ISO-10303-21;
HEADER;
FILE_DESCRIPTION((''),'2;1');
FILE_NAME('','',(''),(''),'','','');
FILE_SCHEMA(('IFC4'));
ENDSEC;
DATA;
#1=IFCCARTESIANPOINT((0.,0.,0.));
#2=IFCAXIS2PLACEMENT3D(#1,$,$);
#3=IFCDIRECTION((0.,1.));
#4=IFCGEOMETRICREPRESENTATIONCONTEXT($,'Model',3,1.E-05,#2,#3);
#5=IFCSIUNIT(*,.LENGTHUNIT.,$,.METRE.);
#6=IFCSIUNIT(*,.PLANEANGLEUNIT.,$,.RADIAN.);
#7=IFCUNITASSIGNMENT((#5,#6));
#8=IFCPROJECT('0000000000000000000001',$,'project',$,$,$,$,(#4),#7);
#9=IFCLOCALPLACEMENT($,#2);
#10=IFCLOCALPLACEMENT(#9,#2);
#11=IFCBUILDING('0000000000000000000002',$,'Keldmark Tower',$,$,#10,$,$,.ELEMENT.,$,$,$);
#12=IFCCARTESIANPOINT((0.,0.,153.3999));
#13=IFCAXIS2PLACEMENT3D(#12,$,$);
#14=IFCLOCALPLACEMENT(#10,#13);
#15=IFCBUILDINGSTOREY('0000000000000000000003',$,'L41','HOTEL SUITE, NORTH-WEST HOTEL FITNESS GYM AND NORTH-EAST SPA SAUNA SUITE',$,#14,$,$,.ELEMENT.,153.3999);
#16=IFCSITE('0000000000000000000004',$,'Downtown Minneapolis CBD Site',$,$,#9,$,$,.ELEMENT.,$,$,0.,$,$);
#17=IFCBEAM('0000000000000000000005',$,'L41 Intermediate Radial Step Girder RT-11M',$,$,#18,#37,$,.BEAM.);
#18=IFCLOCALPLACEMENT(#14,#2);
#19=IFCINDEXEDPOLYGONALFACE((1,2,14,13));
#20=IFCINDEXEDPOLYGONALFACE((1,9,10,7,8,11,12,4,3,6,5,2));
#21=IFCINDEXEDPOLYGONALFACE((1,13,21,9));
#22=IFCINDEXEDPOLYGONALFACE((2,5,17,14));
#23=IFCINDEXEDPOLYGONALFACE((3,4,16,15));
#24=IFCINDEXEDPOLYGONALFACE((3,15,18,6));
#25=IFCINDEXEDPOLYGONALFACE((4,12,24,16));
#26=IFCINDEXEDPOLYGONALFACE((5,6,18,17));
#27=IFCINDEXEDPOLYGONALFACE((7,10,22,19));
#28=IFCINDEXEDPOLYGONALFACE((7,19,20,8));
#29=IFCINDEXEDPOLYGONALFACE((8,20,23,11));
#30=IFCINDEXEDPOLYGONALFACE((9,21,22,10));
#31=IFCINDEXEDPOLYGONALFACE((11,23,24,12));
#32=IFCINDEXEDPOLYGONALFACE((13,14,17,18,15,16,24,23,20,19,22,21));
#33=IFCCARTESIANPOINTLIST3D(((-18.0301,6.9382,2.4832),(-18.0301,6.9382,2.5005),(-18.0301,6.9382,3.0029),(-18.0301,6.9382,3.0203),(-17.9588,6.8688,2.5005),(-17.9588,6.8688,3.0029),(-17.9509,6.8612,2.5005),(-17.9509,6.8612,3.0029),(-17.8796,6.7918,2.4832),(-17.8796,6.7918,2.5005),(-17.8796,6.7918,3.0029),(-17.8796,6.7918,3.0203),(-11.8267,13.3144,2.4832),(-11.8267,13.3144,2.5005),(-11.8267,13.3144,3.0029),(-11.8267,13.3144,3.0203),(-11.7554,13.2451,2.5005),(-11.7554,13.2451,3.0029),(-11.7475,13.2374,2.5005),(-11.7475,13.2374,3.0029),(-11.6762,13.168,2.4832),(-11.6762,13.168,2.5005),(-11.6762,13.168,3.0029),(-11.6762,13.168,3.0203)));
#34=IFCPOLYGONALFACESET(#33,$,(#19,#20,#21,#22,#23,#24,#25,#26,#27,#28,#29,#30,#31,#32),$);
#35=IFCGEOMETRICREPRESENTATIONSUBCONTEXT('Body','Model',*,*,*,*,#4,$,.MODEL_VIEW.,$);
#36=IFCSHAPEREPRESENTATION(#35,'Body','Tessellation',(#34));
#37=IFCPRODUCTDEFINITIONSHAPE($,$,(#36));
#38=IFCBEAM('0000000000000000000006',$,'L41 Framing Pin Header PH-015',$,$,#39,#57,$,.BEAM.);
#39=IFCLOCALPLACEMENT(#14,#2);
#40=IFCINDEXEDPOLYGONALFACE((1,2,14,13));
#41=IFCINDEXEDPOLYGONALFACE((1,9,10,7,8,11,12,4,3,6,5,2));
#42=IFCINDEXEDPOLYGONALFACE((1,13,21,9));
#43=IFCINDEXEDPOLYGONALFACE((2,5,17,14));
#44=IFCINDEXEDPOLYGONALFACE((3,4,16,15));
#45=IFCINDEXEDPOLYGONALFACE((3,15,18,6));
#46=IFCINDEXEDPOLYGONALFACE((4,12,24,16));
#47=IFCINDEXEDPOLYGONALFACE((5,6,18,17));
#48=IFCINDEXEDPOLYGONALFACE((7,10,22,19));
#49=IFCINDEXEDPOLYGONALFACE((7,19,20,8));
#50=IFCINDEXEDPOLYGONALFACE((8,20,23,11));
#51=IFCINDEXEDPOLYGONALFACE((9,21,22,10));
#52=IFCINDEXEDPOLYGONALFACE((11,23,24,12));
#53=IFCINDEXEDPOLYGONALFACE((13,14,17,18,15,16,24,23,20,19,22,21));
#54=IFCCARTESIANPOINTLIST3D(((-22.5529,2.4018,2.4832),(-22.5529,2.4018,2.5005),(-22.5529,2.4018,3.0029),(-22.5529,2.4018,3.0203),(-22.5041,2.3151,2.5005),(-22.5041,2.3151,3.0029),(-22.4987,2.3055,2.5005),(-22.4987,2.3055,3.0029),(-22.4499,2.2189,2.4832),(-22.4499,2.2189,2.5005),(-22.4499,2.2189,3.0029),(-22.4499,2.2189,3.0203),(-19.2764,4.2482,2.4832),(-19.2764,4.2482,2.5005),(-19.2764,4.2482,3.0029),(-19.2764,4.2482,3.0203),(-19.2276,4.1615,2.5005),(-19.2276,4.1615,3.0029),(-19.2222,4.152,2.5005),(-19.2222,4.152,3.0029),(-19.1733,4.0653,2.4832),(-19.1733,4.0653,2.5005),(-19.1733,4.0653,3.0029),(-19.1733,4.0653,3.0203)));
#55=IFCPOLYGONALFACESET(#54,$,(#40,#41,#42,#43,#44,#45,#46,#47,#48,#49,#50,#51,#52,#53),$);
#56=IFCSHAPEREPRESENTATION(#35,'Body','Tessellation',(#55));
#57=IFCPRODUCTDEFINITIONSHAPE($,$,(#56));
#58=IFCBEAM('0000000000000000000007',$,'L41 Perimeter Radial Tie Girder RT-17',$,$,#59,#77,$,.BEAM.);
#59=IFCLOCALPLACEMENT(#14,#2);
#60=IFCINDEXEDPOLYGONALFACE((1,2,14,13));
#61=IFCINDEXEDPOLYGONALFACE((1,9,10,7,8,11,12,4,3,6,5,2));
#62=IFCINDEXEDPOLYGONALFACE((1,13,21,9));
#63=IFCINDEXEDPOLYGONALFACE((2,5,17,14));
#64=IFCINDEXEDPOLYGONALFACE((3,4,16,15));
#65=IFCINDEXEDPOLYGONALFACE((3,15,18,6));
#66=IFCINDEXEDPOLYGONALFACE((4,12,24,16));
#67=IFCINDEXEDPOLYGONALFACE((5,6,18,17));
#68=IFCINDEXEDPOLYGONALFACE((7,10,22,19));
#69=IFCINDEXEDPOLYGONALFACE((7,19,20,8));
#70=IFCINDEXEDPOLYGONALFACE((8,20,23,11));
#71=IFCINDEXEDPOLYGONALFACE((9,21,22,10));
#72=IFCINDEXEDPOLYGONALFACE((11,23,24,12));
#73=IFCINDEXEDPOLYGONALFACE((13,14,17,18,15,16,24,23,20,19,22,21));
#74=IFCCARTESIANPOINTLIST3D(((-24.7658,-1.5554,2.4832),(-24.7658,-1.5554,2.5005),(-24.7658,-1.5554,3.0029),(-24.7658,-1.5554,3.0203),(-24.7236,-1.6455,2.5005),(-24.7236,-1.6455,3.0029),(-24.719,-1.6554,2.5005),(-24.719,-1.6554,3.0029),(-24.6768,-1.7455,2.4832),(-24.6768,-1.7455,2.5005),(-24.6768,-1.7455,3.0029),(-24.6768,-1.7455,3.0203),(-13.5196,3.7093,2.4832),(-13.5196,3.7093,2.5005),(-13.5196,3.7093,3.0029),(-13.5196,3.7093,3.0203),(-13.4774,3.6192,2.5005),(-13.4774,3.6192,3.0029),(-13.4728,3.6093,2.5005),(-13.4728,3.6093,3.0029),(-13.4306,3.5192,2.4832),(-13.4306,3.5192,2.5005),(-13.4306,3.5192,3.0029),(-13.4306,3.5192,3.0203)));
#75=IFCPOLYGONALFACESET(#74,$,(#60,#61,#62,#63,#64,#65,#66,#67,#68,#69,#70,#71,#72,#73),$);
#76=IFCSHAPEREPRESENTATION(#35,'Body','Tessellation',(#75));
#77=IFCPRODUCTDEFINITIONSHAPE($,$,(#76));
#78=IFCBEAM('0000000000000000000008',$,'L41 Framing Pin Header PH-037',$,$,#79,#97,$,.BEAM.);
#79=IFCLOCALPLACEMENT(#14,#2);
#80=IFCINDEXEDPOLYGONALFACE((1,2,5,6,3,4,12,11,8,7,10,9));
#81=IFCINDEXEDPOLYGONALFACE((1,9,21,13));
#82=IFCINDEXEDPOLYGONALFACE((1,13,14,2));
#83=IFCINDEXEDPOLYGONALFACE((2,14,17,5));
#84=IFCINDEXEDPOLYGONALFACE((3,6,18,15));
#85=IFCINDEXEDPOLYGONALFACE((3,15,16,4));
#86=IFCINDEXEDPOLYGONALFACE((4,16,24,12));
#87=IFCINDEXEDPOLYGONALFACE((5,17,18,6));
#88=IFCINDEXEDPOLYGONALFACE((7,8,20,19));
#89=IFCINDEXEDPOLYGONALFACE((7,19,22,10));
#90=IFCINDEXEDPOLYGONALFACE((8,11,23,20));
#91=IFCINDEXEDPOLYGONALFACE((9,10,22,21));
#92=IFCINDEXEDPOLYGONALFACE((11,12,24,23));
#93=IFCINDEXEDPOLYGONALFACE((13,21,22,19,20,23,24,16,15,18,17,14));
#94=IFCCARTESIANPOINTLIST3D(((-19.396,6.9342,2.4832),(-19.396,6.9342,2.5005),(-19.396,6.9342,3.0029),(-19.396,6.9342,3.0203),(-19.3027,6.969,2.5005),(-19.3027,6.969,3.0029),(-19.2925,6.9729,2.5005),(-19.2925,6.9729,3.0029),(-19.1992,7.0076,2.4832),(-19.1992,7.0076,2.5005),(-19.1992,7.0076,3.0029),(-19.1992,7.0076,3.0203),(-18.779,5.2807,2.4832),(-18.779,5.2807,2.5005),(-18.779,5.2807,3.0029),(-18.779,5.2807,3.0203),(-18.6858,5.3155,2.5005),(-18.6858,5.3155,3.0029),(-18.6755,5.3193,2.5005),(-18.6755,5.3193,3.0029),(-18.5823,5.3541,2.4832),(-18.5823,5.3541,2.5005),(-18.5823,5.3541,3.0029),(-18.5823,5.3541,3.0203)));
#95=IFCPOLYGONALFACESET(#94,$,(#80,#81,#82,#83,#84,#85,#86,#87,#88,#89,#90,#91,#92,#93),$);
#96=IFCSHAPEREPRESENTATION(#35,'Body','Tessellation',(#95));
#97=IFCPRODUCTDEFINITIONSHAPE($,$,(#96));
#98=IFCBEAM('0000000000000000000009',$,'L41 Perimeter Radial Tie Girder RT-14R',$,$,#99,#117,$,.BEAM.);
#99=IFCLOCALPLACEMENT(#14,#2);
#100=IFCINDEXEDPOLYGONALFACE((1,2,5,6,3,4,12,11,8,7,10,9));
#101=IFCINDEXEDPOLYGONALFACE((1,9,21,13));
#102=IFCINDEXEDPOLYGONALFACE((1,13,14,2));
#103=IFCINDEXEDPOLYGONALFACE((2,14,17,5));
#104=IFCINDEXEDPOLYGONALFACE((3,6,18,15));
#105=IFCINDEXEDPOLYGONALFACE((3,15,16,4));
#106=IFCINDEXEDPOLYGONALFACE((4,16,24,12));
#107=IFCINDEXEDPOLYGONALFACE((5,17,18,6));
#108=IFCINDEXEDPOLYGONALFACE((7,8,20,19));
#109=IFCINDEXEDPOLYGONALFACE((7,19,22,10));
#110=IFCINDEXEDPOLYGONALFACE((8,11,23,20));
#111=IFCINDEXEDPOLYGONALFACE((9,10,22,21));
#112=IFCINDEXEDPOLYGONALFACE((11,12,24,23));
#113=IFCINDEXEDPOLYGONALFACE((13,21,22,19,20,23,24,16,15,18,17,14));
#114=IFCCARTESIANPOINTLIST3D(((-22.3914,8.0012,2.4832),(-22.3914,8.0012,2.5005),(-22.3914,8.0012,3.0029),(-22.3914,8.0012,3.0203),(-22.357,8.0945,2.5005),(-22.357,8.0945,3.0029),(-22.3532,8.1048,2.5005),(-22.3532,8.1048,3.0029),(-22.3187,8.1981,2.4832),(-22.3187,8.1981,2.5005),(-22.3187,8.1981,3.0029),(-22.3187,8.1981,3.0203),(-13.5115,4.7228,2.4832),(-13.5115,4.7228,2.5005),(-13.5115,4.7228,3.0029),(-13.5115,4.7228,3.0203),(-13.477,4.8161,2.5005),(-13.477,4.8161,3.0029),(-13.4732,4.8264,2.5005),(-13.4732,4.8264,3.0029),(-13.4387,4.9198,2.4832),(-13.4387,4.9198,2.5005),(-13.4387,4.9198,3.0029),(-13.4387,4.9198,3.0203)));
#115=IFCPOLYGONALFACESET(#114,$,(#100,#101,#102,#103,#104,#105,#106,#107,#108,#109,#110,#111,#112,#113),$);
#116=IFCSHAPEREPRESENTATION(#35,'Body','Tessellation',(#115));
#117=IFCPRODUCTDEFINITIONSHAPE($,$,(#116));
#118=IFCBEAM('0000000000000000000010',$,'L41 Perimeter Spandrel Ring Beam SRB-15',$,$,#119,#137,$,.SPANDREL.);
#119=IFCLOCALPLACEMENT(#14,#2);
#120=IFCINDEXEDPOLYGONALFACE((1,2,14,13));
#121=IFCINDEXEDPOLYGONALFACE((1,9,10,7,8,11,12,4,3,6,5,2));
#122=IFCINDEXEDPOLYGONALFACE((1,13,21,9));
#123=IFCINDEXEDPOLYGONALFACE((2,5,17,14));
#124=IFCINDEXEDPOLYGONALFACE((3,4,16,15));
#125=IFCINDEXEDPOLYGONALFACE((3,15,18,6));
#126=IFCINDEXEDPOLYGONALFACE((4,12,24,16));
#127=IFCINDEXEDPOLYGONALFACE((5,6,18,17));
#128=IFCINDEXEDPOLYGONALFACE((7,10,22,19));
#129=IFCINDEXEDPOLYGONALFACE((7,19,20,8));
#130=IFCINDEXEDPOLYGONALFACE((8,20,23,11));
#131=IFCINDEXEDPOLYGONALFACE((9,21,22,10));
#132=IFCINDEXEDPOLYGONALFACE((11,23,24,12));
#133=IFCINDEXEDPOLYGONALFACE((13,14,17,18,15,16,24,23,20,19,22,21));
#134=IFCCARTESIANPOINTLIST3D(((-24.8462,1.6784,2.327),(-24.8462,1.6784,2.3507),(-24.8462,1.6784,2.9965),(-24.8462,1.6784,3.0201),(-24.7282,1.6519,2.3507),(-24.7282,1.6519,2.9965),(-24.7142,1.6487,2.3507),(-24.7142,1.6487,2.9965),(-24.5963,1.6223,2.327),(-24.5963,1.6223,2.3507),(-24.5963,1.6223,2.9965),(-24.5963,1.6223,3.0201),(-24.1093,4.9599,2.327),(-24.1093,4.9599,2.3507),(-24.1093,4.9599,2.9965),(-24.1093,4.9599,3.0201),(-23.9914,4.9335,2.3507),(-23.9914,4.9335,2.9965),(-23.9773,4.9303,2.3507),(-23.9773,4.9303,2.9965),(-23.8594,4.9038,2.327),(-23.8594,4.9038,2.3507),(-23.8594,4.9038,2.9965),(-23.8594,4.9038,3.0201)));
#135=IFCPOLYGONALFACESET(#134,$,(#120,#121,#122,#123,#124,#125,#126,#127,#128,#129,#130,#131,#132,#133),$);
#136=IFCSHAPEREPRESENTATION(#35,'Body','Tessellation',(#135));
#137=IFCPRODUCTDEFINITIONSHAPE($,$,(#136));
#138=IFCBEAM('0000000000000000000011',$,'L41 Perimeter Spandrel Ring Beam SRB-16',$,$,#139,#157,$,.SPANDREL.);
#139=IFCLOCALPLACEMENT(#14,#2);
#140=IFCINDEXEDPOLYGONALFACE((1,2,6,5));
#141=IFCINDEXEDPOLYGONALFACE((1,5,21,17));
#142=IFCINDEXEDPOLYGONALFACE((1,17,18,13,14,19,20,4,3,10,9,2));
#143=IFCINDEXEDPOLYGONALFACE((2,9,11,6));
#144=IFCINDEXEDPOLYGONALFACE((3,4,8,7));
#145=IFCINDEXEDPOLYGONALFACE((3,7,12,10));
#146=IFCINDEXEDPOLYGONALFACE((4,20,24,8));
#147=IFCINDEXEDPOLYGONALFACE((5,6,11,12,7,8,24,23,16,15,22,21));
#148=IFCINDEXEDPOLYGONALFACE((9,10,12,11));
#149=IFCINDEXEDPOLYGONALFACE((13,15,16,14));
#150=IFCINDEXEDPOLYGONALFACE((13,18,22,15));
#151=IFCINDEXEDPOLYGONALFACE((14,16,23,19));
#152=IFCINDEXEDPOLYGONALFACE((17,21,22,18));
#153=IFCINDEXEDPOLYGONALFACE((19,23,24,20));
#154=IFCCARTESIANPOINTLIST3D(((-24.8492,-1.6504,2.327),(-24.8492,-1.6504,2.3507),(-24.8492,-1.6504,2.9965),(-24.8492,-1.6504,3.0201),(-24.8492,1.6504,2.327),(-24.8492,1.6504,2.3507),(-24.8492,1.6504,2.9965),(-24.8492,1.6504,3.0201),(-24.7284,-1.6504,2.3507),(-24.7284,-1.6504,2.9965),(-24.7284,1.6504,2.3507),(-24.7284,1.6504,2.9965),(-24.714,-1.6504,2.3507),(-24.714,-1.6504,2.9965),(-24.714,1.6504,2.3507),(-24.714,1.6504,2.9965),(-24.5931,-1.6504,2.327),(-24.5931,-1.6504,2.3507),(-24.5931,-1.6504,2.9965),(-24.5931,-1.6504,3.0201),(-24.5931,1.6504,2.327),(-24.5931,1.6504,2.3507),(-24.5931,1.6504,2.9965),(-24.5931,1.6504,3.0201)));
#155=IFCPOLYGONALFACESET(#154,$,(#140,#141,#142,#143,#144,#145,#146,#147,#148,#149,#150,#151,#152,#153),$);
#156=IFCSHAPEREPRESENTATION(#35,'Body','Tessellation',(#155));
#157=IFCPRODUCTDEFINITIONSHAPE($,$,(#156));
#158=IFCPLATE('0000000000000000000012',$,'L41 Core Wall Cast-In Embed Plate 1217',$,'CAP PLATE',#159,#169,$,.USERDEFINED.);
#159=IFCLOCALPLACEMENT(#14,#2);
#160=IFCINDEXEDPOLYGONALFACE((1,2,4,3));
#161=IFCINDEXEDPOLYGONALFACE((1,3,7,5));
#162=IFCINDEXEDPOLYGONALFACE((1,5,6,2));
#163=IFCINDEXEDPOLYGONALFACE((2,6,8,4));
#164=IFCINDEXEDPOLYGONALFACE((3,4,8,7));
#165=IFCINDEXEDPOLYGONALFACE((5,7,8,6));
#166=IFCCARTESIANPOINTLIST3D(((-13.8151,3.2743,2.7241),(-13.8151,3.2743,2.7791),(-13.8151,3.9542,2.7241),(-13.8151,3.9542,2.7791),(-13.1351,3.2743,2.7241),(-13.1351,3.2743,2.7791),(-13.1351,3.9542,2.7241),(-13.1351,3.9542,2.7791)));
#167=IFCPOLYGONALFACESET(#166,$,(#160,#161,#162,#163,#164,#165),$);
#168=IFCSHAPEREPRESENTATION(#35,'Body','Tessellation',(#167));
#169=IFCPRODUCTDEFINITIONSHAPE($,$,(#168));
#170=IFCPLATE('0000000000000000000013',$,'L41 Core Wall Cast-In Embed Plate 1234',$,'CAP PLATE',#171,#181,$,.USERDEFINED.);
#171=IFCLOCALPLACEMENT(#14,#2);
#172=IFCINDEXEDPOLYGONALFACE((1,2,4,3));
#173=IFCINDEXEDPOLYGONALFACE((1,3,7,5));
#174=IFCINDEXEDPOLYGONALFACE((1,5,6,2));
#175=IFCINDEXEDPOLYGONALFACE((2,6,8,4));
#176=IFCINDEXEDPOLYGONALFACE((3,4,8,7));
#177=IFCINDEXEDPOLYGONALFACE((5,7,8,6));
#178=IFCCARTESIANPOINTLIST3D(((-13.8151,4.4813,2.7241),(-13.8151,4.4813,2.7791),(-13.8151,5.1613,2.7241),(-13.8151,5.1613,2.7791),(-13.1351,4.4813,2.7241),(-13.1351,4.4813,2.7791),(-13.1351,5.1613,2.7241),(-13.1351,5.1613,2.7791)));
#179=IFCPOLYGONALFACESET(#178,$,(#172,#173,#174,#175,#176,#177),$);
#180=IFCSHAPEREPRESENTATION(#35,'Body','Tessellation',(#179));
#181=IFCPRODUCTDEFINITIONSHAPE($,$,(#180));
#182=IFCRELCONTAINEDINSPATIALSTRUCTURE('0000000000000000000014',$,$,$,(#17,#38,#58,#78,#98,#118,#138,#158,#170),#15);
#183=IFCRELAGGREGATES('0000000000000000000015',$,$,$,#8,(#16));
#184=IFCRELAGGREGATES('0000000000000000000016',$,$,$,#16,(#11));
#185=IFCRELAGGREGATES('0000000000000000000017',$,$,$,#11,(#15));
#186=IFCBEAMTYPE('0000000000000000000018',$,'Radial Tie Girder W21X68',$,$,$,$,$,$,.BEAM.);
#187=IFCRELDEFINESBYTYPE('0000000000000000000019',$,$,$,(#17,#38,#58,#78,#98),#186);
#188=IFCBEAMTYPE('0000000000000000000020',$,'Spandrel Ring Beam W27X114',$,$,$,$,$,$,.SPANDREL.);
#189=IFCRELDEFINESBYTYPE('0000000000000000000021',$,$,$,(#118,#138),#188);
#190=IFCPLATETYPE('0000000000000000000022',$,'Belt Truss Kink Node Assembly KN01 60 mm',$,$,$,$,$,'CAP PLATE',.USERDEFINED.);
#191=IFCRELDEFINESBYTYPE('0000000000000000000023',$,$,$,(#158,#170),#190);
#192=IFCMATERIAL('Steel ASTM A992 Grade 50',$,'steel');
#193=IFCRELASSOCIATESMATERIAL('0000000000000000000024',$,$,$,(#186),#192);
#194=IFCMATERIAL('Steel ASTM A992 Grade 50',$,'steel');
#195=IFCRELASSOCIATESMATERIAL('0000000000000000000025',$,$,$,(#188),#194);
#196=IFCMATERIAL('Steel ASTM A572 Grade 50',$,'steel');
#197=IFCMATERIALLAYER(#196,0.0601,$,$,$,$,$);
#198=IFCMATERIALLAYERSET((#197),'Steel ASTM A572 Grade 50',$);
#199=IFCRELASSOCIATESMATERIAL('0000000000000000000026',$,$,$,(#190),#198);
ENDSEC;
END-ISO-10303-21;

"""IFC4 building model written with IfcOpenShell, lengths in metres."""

from ifc_helpers import new_model, si_unit, direction, frame, origin, origin_2d, place, context, subcontext, project, spatial, rectangle, i_section, extrude, material, layer, layer_set, material_profile, profile_set, type_object, element, save


model = new_model("IFC4")

# Units and contexts
model_context = context("Model", 3, precision=1e-05, world=origin(), true_north=direction((0.0, 1.0)))
body_context = subcontext(model_context, "Body", "Model", "MODEL_VIEW")
ifc_project = project(units=[si_unit("LENGTHUNIT", "METRE"), si_unit("PLANEANGLEUNIT", "RADIAN")], contexts=[model_context])

# Site, building, storey
site_placement = place(None, origin())
site = spatial("IfcSite", under=ifc_project, at=site_placement, Name="Downtown Minneapolis CBD Site", CompositionType="ELEMENT", RefElevation=0.0)
building_placement = place(site_placement, origin())
building = spatial("IfcBuilding", under=site, at=building_placement, Name="Keldmark Tower", CompositionType="ELEMENT")
storey_placement = place(building_placement, frame((0.0, 0.0, 153.3999)))
storey = spatial("IfcBuildingStorey", under=building, at=storey_placement, Name="L41", Description="HOTEL SUITE, NORTH-WEST HOTEL FITNESS GYM AND NORTH-EAST SPA SAUNA SUITE", CompositionType="ELEMENT", Elevation=153.3999)

# Beams
ifc_material_1 = material(Name="Steel ASTM A992 Grade 50", Category="steel")
ifc_material_profile_1 = material_profile(ifc_material_1, i_section(OverallWidth=0.21, OverallDepth=0.5371, WebThickness=0.011, FlangeThickness=0.0173, at=origin_2d()), Name="W21X68")
ifc_profile_set_1 = profile_set([ifc_material_profile_1], Name="Steel ASTM A992 Grade 50")
beam_type_1 = type_object("IfcBeamType", Name="Radial Tie Girder W21X68", PredefinedType="BEAM", material=ifc_profile_set_1)
beam_1_placement = place(storey_placement, frame((-17.9548, 6.865, 2.7517), z_axis=(0.697325, 0.716755, 0.0), x_axis=(-0.716755, 0.697325, 0.0)))
element("IfcBeam", 1, at=beam_1_placement, inside=storey, type_object=beam_type_1, Name="L41 Intermediate Radial Step Girder RT-11M", PredefinedType="BEAM", context=body_context, shape_type="SweptSolid", body=[
    extrude(i_section(OverallWidth=0.21, OverallDepth=0.5371, WebThickness=0.011, FlangeThickness=0.0173, at=origin_2d()), origin(), (0.0, 0.0, 1.0), 8.896),
])
beam_2_placement = place(storey_placement, frame((-19.2249, 4.1567, 2.7517), z_axis=(-0.871196, -0.490936, 0.0), x_axis=(0.490936, -0.871196, 0.0)))
element("IfcBeam", 2, at=beam_2_placement, inside=storey, type_object=beam_type_1, Name="L41 Framing Pin Header PH-015", PredefinedType="BEAM", context=body_context, shape_type="SweptSolid", body=[
    extrude(i_section(OverallWidth=0.21, OverallDepth=0.5371, WebThickness=0.011, FlangeThickness=0.0173, at=origin_2d()), origin(), (0.0, 0.0, 1.0), 3.761),
])
beam_3_placement = place(storey_placement, frame((-13.4751, 3.6143, 2.7517), z_axis=(-0.905674, -0.423974, 0.0), x_axis=(0.423974, -0.905674, 0.0)))
element("IfcBeam", 3, at=beam_3_placement, inside=storey, type_object=beam_type_1, Name="L41 Perimeter Radial Tie Girder RT-17", PredefinedType="BEAM", context=body_context, shape_type="SweptSolid", body=[
    extrude(i_section(OverallWidth=0.21, OverallDepth=0.5371, WebThickness=0.011, FlangeThickness=0.0173, at=origin_2d()), origin(), (0.0, 0.0, 1.0), 12.4175),
])
beam_4_placement = place(storey_placement, frame((-18.6807, 5.3174, 2.7517), z_axis=(-0.349562, 0.936913, 0.0), x_axis=(-0.936913, -0.349562, 0.0)))
element("IfcBeam", 4, at=beam_4_placement, inside=storey, type_object=beam_type_1, Name="L41 Framing Pin Header PH-037", PredefinedType="BEAM", context=body_context, shape_type="SweptSolid", body=[
    extrude(i_section(OverallWidth=0.21, OverallDepth=0.5371, WebThickness=0.011, FlangeThickness=0.0173, at=origin_2d()), origin(), (0.0, 0.0, 1.0), 1.7649),
])
beam_5_placement = place(storey_placement, frame((-13.4751, 4.8213, 2.7517), z_axis=(-0.93811, 0.346336, 0.0), x_axis=(-0.346336, -0.93811, 0.0)))
element("IfcBeam", 5, at=beam_5_placement, inside=storey, type_object=beam_type_1, Name="L41 Perimeter Radial Tie Girder RT-14R", PredefinedType="BEAM", context=body_context, shape_type="SweptSolid", body=[
    extrude(i_section(OverallWidth=0.21, OverallDepth=0.5371, WebThickness=0.011, FlangeThickness=0.0173, at=origin_2d()), origin(), (0.0, 0.0, 1.0), 9.4658),
])
ifc_material_2 = material(Name="Steel ASTM A992 Grade 50", Category="steel")
ifc_material_profile_2 = material_profile(ifc_material_2, i_section(OverallWidth=0.2561, OverallDepth=0.6931, WebThickness=0.0144, FlangeThickness=0.0237, at=origin_2d()), Name="W27X114")
ifc_profile_set_2 = profile_set([ifc_material_profile_2], Name="Steel ASTM A992 Grade 50")
beam_type_2 = type_object("IfcBeamType", Name="Spandrel Ring Beam W27X114", PredefinedType="SPANDREL", material=ifc_profile_set_2)
beam_6_placement = place(storey_placement, frame((-23.9844, 4.9319, 2.6736), z_axis=(-0.219082, -0.975706, 0.0), x_axis=(0.975706, -0.219082, 0.0)))
element("IfcBeam", 6, at=beam_6_placement, inside=storey, type_object=beam_type_2, Name="L41 Perimeter Spandrel Ring Beam SRB-15", PredefinedType="SPANDREL", context=body_context, shape_type="SweptSolid", body=[
    extrude(i_section(OverallWidth=0.2561, OverallDepth=0.6931, WebThickness=0.0144, FlangeThickness=0.0237, at=origin_2d()), origin(), (0.0, 0.0, 1.0), 3.3633),
])
beam_7_placement = place(storey_placement, frame((-24.7212, 1.6504, 2.6736), z_axis=(0.0, -1.0, 0.0), x_axis=(1.0, 0.0, 0.0)))
element("IfcBeam", 7, at=beam_7_placement, inside=storey, type_object=beam_type_2, Name="L41 Perimeter Spandrel Ring Beam SRB-16", PredefinedType="SPANDREL", context=body_context, shape_type="SweptSolid", body=[
    extrude(i_section(OverallWidth=0.2561, OverallDepth=0.6931, WebThickness=0.0144, FlangeThickness=0.0237, at=origin_2d()), origin(), (0.0, 0.0, 1.0), 3.3008),
])

# Plates
ifc_material_3 = material(Name="Steel ASTM A572 Grade 50", Category="steel")
ifc_layer_1 = layer(ifc_material_3, 0.0601)
ifc_layer_set_1 = layer_set([ifc_layer_1], Name="Steel ASTM A572 Grade 50")
plate_type_1 = type_object("IfcPlateType", Name="Belt Truss Kink Node Assembly KN01 60 mm", ElementType="CAP PLATE", PredefinedType="USERDEFINED", material=ifc_layer_set_1)
for number, where, z_axis, x_axis, name in (
    (8, (-13.4751, 3.6143, 2.7241), (0.0, 0.0, 1.0), (1.0, 0.0, 0.0), "L41 Core Wall Cast-In Embed Plate 1217"),
    (9, (-13.4751, 4.8213, 2.7241), (0.0, 0.0, 1.0), (1.0, 0.0, 0.0), "L41 Core Wall Cast-In Embed Plate 1234"),
):
    element("IfcPlate", number, at=place(storey_placement, frame(where, z_axis=z_axis, x_axis=x_axis)), inside=storey, type_object=plate_type_1, Name=name, ObjectType="CAP PLATE", PredefinedType="USERDEFINED", context=body_context, shape_type="SweptSolid", body=[
        extrude(rectangle(XDim=0.6799, YDim=0.6799, at=origin_2d()), origin(), (0.0, 0.0, 1.0), 0.0549),
    ])

save(model, "model.ifc")
